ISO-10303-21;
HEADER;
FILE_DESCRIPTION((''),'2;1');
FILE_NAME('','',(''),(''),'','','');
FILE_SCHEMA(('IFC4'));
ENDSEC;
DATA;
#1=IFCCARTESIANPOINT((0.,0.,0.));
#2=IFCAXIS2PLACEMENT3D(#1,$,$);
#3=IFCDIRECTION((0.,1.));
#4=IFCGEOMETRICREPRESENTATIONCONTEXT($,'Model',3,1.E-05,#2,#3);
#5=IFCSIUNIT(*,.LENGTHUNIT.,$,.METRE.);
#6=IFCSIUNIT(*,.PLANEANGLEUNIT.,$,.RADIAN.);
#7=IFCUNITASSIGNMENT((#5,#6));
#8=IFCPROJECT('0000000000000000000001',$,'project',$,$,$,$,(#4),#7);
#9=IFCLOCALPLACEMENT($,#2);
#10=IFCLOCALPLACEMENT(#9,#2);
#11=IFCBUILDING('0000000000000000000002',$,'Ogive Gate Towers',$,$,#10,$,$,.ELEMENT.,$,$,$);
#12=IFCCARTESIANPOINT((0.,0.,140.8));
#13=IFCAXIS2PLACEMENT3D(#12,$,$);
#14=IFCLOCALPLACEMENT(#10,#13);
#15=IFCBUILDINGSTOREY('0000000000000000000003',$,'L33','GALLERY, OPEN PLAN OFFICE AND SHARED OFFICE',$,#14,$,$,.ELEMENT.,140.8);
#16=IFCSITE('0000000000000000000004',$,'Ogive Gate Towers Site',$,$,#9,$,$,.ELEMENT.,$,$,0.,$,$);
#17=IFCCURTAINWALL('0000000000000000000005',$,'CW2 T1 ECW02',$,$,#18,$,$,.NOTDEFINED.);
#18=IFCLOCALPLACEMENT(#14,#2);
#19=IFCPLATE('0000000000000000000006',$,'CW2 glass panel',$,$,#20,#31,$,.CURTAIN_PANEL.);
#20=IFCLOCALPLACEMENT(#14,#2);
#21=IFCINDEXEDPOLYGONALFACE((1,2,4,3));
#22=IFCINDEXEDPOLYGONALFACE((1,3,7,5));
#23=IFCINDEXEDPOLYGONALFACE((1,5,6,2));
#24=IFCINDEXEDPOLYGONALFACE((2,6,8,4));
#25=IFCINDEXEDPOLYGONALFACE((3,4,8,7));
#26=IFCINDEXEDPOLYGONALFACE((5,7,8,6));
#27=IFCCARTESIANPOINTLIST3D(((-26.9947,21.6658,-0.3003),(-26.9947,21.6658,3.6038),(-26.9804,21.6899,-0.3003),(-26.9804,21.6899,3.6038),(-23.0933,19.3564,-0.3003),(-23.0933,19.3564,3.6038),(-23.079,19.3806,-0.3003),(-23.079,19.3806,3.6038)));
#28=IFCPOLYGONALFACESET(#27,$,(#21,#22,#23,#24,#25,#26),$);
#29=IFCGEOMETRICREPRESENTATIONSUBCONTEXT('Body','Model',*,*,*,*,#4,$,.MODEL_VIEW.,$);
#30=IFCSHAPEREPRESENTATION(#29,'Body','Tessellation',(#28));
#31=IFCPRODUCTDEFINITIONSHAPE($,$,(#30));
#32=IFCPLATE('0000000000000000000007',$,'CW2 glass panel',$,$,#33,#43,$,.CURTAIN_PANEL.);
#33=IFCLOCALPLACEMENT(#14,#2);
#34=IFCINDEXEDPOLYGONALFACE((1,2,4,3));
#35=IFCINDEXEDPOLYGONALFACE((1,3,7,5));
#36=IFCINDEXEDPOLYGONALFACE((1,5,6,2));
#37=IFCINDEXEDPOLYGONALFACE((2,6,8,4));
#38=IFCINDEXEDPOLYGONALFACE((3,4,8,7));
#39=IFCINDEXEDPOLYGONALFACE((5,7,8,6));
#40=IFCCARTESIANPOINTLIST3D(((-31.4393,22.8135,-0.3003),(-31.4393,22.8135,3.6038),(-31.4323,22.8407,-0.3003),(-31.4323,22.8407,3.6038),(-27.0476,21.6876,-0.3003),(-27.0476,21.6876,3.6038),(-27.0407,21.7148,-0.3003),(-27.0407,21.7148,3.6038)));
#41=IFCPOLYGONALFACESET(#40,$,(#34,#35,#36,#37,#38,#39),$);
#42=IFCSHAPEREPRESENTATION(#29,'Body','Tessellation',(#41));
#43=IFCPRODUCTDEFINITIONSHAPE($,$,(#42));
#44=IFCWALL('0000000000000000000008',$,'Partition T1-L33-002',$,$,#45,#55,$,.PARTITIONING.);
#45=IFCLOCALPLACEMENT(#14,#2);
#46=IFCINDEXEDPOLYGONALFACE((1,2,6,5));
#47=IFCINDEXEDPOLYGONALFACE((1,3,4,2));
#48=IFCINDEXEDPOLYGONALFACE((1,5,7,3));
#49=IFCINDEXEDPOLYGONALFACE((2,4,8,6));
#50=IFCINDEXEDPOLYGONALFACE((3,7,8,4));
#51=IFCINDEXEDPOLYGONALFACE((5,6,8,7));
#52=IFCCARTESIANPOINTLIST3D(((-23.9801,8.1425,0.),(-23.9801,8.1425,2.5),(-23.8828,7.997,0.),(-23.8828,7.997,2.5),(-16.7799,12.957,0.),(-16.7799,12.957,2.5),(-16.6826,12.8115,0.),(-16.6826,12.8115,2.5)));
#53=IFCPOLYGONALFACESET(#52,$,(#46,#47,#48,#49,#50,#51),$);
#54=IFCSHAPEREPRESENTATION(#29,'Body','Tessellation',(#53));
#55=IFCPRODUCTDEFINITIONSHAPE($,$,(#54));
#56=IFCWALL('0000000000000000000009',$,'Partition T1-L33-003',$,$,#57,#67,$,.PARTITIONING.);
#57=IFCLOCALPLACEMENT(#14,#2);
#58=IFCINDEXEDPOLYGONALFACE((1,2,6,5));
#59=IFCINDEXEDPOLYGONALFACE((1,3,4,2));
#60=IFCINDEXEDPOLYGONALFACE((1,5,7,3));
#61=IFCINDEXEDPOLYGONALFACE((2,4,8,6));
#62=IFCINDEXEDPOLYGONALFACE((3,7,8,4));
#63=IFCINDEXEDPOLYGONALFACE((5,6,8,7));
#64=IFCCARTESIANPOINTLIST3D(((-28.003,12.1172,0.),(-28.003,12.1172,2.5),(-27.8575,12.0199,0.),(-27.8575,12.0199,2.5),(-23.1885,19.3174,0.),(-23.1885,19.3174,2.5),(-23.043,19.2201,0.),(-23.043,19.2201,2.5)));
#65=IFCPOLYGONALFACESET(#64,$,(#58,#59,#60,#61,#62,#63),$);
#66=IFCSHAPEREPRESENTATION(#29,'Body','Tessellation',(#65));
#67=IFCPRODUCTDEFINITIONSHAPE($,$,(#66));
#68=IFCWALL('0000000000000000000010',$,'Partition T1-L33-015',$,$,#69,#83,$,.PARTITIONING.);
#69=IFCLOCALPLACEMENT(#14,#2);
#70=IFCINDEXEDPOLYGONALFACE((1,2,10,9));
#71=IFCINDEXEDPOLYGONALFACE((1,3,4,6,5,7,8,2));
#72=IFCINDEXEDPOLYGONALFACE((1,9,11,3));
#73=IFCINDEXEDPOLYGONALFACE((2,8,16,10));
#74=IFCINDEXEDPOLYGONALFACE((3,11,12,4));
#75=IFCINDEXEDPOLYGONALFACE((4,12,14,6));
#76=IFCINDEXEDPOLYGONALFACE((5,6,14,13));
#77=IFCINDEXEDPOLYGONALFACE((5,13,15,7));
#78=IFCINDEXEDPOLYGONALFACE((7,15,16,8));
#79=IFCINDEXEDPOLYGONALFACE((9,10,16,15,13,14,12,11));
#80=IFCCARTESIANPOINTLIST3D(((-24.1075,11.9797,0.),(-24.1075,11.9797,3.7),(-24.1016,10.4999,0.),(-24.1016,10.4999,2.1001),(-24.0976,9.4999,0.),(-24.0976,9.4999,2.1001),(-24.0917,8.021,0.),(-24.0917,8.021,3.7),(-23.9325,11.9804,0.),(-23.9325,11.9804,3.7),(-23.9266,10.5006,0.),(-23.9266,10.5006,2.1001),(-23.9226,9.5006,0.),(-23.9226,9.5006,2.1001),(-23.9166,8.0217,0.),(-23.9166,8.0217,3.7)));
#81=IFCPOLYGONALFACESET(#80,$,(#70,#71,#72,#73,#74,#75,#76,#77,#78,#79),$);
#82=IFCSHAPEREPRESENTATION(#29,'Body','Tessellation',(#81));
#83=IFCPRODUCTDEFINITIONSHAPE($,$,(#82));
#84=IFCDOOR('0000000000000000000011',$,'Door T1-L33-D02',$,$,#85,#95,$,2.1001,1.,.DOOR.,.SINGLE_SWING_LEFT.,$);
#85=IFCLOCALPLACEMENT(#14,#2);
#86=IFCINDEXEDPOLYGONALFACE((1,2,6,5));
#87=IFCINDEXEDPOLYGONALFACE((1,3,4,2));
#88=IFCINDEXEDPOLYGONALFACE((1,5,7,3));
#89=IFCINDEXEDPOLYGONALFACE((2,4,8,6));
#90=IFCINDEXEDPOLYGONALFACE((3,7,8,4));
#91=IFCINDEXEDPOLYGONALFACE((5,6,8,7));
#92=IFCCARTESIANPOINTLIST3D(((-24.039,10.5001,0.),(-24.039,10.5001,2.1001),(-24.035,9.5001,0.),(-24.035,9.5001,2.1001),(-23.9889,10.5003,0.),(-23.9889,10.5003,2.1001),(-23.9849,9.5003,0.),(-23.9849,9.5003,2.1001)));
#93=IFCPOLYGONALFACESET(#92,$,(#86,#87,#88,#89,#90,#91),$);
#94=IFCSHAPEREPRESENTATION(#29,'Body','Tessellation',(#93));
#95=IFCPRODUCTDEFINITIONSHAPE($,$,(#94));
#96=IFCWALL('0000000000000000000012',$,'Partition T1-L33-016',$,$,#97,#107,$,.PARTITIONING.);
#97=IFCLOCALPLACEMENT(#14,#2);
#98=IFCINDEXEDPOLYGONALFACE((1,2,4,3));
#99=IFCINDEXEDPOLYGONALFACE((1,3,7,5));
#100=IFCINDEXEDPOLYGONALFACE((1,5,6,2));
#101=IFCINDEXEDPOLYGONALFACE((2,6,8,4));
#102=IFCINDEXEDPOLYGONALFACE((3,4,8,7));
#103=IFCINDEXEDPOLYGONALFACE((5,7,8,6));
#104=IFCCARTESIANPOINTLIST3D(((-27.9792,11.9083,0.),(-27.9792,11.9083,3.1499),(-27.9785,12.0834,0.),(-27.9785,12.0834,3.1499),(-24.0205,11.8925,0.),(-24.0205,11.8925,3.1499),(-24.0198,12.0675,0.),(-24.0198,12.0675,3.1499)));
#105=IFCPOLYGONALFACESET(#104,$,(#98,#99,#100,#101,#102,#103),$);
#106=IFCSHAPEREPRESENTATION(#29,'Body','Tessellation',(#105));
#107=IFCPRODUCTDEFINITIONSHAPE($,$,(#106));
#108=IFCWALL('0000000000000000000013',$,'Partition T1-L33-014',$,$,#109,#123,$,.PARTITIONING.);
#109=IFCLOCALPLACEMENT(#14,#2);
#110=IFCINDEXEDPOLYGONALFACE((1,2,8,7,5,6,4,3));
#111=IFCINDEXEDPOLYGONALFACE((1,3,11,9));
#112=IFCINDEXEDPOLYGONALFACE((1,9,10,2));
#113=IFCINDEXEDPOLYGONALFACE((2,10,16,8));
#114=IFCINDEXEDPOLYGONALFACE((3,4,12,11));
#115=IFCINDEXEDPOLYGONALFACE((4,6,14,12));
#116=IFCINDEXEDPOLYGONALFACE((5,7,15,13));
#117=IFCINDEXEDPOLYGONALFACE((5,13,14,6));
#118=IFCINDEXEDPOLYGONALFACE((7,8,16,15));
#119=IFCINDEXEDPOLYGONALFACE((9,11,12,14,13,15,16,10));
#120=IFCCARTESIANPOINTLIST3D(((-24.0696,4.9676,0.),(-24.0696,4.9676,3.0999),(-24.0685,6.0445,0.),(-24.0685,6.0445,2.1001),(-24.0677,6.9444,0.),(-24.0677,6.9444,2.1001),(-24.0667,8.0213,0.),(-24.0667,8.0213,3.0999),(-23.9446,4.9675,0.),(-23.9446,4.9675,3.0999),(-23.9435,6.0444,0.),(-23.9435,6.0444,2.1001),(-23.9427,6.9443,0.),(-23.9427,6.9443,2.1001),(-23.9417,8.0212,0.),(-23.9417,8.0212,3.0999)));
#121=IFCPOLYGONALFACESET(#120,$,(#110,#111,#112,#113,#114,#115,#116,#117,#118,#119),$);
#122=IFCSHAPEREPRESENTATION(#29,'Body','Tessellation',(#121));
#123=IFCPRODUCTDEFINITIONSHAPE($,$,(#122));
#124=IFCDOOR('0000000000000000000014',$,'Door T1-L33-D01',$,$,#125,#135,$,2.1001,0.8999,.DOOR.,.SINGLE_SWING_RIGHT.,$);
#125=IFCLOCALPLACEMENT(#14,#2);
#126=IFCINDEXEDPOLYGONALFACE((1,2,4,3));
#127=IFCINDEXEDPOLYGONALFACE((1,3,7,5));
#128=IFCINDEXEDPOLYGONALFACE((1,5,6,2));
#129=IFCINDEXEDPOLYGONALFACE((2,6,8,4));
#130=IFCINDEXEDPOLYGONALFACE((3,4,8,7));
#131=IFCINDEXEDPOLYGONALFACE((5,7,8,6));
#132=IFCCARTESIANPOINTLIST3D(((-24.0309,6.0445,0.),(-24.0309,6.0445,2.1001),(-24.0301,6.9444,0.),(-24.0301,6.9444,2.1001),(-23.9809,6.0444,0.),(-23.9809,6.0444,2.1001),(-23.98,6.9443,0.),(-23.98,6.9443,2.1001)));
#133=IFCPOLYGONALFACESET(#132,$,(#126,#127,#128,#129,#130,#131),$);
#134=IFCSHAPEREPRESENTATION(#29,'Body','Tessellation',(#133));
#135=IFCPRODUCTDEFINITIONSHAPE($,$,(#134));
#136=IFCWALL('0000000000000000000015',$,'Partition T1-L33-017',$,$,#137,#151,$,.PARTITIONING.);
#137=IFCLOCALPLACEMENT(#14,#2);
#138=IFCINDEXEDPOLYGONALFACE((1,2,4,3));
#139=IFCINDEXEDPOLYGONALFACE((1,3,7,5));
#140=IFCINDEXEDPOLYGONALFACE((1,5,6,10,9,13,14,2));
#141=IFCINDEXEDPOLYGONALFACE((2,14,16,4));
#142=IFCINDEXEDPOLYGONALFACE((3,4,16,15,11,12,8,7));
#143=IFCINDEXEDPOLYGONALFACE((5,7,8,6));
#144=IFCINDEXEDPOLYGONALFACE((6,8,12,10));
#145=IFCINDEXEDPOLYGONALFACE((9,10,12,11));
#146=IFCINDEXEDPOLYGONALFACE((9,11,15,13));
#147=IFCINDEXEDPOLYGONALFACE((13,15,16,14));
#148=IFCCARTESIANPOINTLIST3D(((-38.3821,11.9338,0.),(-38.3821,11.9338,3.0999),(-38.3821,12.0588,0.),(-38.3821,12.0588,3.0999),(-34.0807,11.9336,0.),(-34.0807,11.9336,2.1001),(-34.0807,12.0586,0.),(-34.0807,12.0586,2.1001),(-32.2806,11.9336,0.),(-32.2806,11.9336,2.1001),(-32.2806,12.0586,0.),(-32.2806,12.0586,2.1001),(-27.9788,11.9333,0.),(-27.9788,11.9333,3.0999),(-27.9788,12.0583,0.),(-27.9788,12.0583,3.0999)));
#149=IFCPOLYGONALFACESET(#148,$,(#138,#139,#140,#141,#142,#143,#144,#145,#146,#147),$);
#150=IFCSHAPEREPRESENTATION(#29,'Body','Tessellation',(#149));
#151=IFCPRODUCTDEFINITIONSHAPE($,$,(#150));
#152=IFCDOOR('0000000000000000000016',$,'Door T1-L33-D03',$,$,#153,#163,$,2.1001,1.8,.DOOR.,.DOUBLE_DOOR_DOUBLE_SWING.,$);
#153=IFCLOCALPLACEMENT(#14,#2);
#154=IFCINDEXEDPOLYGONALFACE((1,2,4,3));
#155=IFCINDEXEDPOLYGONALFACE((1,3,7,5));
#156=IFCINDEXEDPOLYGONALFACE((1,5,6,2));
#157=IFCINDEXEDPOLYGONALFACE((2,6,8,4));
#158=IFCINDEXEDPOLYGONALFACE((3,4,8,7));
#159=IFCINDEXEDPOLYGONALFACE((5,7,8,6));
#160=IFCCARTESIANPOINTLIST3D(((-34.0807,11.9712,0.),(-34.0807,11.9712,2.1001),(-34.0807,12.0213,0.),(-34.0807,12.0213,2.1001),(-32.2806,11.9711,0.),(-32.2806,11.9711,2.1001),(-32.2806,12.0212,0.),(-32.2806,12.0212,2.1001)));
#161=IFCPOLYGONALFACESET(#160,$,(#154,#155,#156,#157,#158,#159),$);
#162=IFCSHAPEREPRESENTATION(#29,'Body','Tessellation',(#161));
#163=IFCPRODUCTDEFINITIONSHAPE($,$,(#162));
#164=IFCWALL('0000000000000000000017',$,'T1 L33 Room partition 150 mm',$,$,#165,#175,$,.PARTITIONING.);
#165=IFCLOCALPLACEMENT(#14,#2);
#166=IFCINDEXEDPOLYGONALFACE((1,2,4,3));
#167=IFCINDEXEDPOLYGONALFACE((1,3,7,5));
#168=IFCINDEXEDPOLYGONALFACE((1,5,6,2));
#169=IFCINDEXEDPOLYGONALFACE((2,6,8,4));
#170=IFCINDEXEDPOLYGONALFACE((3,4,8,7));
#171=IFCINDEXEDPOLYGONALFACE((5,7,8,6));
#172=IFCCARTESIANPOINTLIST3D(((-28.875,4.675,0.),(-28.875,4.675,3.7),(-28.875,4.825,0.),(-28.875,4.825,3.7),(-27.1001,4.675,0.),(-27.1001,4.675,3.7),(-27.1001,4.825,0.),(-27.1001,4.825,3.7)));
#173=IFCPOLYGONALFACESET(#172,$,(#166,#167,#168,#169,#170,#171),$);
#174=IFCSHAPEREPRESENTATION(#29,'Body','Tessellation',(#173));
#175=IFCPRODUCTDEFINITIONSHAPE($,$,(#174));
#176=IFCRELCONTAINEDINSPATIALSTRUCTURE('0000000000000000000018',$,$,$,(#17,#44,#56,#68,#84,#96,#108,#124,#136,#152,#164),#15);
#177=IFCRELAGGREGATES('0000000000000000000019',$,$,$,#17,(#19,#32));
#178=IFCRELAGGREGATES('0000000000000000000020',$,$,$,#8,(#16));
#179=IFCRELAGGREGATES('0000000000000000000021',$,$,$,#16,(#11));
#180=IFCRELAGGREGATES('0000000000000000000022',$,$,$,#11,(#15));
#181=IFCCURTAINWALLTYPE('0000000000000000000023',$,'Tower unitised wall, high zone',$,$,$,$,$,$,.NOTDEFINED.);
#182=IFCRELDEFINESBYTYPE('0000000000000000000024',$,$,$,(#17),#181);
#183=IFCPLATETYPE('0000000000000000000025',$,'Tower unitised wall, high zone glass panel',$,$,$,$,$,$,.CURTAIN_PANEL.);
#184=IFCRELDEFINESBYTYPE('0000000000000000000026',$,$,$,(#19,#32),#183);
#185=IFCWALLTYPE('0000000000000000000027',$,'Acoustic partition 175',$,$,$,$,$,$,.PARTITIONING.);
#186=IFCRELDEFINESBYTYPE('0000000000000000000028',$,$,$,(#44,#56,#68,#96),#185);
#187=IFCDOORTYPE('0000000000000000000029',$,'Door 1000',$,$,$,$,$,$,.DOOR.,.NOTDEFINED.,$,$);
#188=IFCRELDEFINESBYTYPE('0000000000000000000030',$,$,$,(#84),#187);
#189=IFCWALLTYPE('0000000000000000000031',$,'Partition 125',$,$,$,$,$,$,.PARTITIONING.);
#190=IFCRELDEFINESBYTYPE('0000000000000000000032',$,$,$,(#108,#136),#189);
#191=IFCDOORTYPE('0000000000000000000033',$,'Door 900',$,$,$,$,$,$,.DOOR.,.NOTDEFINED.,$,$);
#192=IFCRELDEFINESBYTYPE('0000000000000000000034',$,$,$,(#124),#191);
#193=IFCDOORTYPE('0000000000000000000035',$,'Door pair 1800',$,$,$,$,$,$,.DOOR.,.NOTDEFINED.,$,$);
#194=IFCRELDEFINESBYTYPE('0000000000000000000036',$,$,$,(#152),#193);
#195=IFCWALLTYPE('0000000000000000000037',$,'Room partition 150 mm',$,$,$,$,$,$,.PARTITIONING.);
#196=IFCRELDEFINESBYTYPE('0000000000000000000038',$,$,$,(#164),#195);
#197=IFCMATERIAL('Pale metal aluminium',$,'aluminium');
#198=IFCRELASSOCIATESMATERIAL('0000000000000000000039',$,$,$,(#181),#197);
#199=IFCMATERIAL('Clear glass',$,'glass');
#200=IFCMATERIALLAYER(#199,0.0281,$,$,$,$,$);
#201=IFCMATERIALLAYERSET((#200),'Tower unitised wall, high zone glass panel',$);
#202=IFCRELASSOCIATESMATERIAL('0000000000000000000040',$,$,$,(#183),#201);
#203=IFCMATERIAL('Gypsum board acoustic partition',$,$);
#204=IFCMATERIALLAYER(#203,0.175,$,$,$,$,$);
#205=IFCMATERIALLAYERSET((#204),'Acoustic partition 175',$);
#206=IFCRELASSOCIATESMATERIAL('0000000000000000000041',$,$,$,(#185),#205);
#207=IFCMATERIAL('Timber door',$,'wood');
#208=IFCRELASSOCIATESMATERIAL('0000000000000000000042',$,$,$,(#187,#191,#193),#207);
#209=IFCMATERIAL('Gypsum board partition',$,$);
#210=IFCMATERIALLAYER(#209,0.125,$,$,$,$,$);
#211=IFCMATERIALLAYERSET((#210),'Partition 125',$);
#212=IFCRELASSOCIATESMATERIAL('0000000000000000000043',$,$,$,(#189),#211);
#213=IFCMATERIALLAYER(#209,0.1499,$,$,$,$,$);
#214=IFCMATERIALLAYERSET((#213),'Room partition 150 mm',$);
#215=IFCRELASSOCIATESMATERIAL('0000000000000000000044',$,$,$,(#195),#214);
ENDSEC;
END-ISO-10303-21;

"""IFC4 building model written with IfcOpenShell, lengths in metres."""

from ifc_helpers import new_model, si_unit, direction, frame, frame_2d, origin, origin_2d, place, context, subcontext, project, spatial, rectangle, extrude, material, layer, layer_set, type_object, element, fill, aggregate, save


model = new_model("IFC4")

# Units and contexts
model_context = context("Model", 3, precision=1e-05, world=origin(), true_north=direction((0.0, 1.0)))
body_context = subcontext(model_context, "Body", "Model", "MODEL_VIEW")
ifc_project = project(units=[si_unit("LENGTHUNIT", "METRE"), si_unit("PLANEANGLEUNIT", "RADIAN")], contexts=[model_context])

# Site, building, storey
site_placement = place(None, origin())
site = spatial("IfcSite", under=ifc_project, at=site_placement, Name="Ogive Gate Towers Site", CompositionType="ELEMENT", RefElevation=0.0)
building_placement = place(site_placement, origin())
building = spatial("IfcBuilding", under=site, at=building_placement, Name="Ogive Gate Towers", CompositionType="ELEMENT")
storey_placement = place(building_placement, frame((0.0, 0.0, 140.8)))
storey = spatial("IfcBuildingStorey", under=building, at=storey_placement, Name="L33", Description="GALLERY, OPEN PLAN OFFICE AND SHARED OFFICE", CompositionType="ELEMENT", Elevation=140.8)

# Shared definitions
ifc_material_1 = material(Name="Pale metal aluminium", Category="aluminium")
curtain_wall_type = type_object("IfcCurtainWallType", Name="Tower unitised wall, high zone", PredefinedType="NOTDEFINED", material=ifc_material_1)

# Curtain wall
curtain_wall_1_placement = place(storey_placement, origin())
curtain_wall_1 = element("IfcCurtainWall", 1, at=curtain_wall_1_placement, inside=storey, type_object=curtain_wall_type, Name="CW2 T1 ECW02", PredefinedType="NOTDEFINED")

# Plates
ifc_material_2 = material(Name="Clear glass", Category="glass")
ifc_layer_1 = layer(ifc_material_2, 0.0281)
ifc_layer_set_1 = layer_set([ifc_layer_1], Name="Tower unitised wall, high zone glass panel")
plate_type = type_object("IfcPlateType", Name="Tower unitised wall, high zone glass panel", PredefinedType="CURTAIN_PANEL", material=ifc_layer_set_1)
plate_1_placement = place(storey_placement, frame((-25.0369, 20.5232, -0.3003), z_axis=(0.0, 0.0, 1.0), x_axis=(-0.860547, 0.509372, 0.0)))
plate_1 = element("IfcPlate", 2, at=plate_1_placement, type_object=plate_type, Name="CW2 glass panel", PredefinedType="CURTAIN_PANEL", context=body_context, shape_type="SweptSolid", body=[
    extrude(rectangle(XDim=4.5337, YDim=0.0281, at=origin_2d()), origin(), (0.0, 0.0, 1.0), 3.9041),
])
plate_2_placement = place(storey_placement, frame((-29.24, 22.2642, -0.3003), z_axis=(0.0, 0.0, 1.0), x_axis=(-0.968674, 0.248335, 0.0)))
plate_2 = element("IfcPlate", 3, at=plate_2_placement, type_object=plate_type, Name="CW2 glass panel", PredefinedType="CURTAIN_PANEL", context=body_context, shape_type="SweptSolid", body=[
    extrude(rectangle(XDim=4.5337, YDim=0.0281, at=origin_2d()), origin(), (0.0, 0.0, 1.0), 3.9041),
])
aggregate(curtain_wall_1, [plate_1, plate_2])

# Walls
ifc_material_3 = material(Name="Gypsum board acoustic partition")
ifc_layer_2 = layer(ifc_material_3, 0.175)
ifc_layer_set_2 = layer_set([ifc_layer_2], Name="Acoustic partition 175")
wall_type_1 = type_object("IfcWallType", Name="Acoustic partition 175", PredefinedType="PARTITIONING", material=ifc_layer_set_2)
for number, where, z_axis, x_axis, name in (
    (4, (-16.7312, 12.8843, 0.0), (0.0, 0.0, 1.0), (-0.831286, -0.555844, 0.0), "Partition T1-L33-002"),
    (5, (-23.1157, 19.2688, 0.0), (0.0, 0.0, 1.0), (-0.555844, -0.831286, 0.0), "Partition T1-L33-003"),
):
    element("IfcWall", number, at=place(storey_placement, frame(where, z_axis=z_axis, x_axis=x_axis)), inside=storey, type_object=wall_type_1, Name=name, PredefinedType="PARTITIONING", context=body_context, shape_type="SweptSolid", body=[
        extrude(rectangle(XDim=8.6616, YDim=0.175, at=frame_2d((4.3308, 0.0))), origin(), (0.0, 0.0, 1.0), 2.5),
    ])

# Wall, opening, door
wall_1_placement = place(storey_placement, frame((-24.0042, 8.0212, 0.0), z_axis=(0.0, 0.0, 1.0), x_axis=(-0.004009, 0.999992, 0.0)))
wall_1 = element("IfcWall", 6, at=wall_1_placement, inside=storey, type_object=wall_type_1, Name="Partition T1-L33-015", PredefinedType="PARTITIONING", context=body_context, shape_type="SweptSolid", body=[
    extrude(rectangle(XDim=3.9587, YDim=0.175, at=frame_2d((1.9795, 0.0))), origin(), (0.0, 0.0, 1.0), 3.7),
])
opening_1_placement = place(wall_1_placement, frame((1.479, 0.0, 0.0)))
opening_1 = element("IfcOpeningElement", 7, at=opening_1_placement, cuts=wall_1, PredefinedType="OPENING", context=body_context, shape_type="SweptSolid", body=[
    extrude(rectangle(XDim=1.0, YDim=2.1001, at=frame_2d((0.5, 1.05))), frame((0.0, 0.0977, 0.0), z_axis=(0.0, -1.0, 0.0), x_axis=(1.0, 0.0, 0.0)), (0.0, 0.0, 1.0), 0.1951),
])
ifc_material_4 = material(Name="Timber door", Category="wood")
door_type_1 = type_object("IfcDoorType", Name="Door 1000", OperationType="NOTDEFINED", PredefinedType="DOOR", material=ifc_material_4)
door_1_placement = place(opening_1_placement, origin())
door_1 = element("IfcDoor", 8, at=door_1_placement, inside=storey, type_object=door_type_1, Name="Door T1-L33-D02", OperationType="SINGLE_SWING_LEFT", OverallHeight=2.1001, OverallWidth=1.0, PredefinedType="DOOR", context=body_context, shape_type="SweptSolid", body=[
    extrude(rectangle(XDim=1.0, YDim=2.1001, at=frame_2d((0.5, 1.05))), frame((0.0, 0.0249, 0.0), z_axis=(0.0, -1.0, 0.0), x_axis=(1.0, 0.0, 0.0)), (0.0, 0.0, 1.0), 0.05),
])
fill(opening_1, door_1)

# Wall
wall_2_placement = place(storey_placement, frame((-24.02, 11.98, 0.0), z_axis=(0.0, 0.0, 1.0), x_axis=(-0.999992, 0.004009, 0.0)))
element("IfcWall", 9, at=wall_2_placement, inside=storey, type_object=wall_type_1, Name="Partition T1-L33-016", PredefinedType="PARTITIONING", context=body_context, shape_type="SweptSolid", body=[
    extrude(rectangle(XDim=3.9587, YDim=0.175, at=frame_2d((1.9795, 0.0))), origin(), (0.0, 0.0, 1.0), 3.1499),
])

# Walls, openings, doors
ifc_material_5 = material(Name="Gypsum board partition")
ifc_layer_3 = layer(ifc_material_5, 0.125)
ifc_layer_set_3 = layer_set([ifc_layer_3], Name="Partition 125")
wall_type_2 = type_object("IfcWallType", Name="Partition 125", PredefinedType="PARTITIONING", material=ifc_layer_set_3)
wall_3_placement = place(storey_placement, frame((-24.0071, 4.9675, 0.0), z_axis=(0.0, 0.0, 1.0), x_axis=(0.000959, 1.0, 0.0)))
wall_3 = element("IfcWall", 10, at=wall_3_placement, inside=storey, type_object=wall_type_2, Name="Partition T1-L33-014", PredefinedType="PARTITIONING", context=body_context, shape_type="SweptSolid", body=[
    extrude(rectangle(XDim=3.0537, YDim=0.125, at=frame_2d((1.5269, 0.0))), origin(), (0.0, 0.0, 1.0), 3.0999),
])
opening_2_placement = place(wall_3_placement, frame((1.0769, 0.0, 0.0)))
opening_2 = element("IfcOpeningElement", 11, at=opening_2_placement, cuts=wall_3, PredefinedType="OPENING", context=body_context, shape_type="SweptSolid", body=[
    extrude(rectangle(XDim=0.8999, YDim=2.1001, at=frame_2d((0.45, 1.05))), frame((0.0, 0.0725, 0.0), z_axis=(0.0, -1.0, 0.0), x_axis=(1.0, 0.0, 0.0)), (0.0, 0.0, 1.0), 0.145),
])
door_type_2 = type_object("IfcDoorType", Name="Door 900", OperationType="NOTDEFINED", PredefinedType="DOOR", material=ifc_material_4)
door_2_placement = place(opening_2_placement, origin())
door_2 = element("IfcDoor", 12, at=door_2_placement, inside=storey, type_object=door_type_2, Name="Door T1-L33-D01", OperationType="SINGLE_SWING_RIGHT", OverallHeight=2.1001, OverallWidth=0.8999, PredefinedType="DOOR", context=body_context, shape_type="SweptSolid", body=[
    extrude(rectangle(XDim=0.8999, YDim=2.1001, at=frame_2d((0.45, 1.05))), frame((0.0, 0.0249, 0.0), z_axis=(0.0, -1.0, 0.0), x_axis=(1.0, 0.0, 0.0)), (0.0, 0.0, 1.0), 0.05),
])
fill(opening_2, door_2)
wall_4_placement = place(storey_placement, frame((-27.9788, 11.9958, 0.0), z_axis=(0.0, 0.0, 1.0), x_axis=(-1.0, 0.000047, 0.0)))
wall_4 = element("IfcWall", 13, at=wall_4_placement, inside=storey, type_object=wall_type_2, Name="Partition T1-L33-017", PredefinedType="PARTITIONING", context=body_context, shape_type="SweptSolid", body=[
    extrude(rectangle(XDim=10.4033, YDim=0.125, at=frame_2d((5.2017, 0.0))), origin(), (0.0, 0.0, 1.0), 3.0999),
])
opening_3_placement = place(wall_4_placement, frame((4.302, 0.0, 0.0)))
opening_3 = element("IfcOpeningElement", 14, at=opening_3_placement, cuts=wall_4, PredefinedType="OPENING", context=body_context, shape_type="SweptSolid", body=[
    extrude(rectangle(XDim=1.8, YDim=2.1001, at=frame_2d((0.8999, 1.05))), frame((0.0, 0.0725, 0.0), z_axis=(0.0, -1.0, 0.0), x_axis=(1.0, 0.0, 0.0)), (0.0, 0.0, 1.0), 0.145),
])
door_type_3 = type_object("IfcDoorType", Name="Door pair 1800", OperationType="NOTDEFINED", PredefinedType="DOOR", material=ifc_material_4)
door_3_placement = place(opening_3_placement, origin())
door_3 = element("IfcDoor", 15, at=door_3_placement, inside=storey, type_object=door_type_3, Name="Door T1-L33-D03", OperationType="DOUBLE_DOOR_DOUBLE_SWING", OverallHeight=2.1001, OverallWidth=1.8, PredefinedType="DOOR", context=body_context, shape_type="SweptSolid", body=[
    extrude(rectangle(XDim=1.8, YDim=2.1001, at=frame_2d((0.8999, 1.05))), frame((0.0, 0.0249, 0.0), z_axis=(0.0, -1.0, 0.0), x_axis=(1.0, 0.0, 0.0)), (0.0, 0.0, 1.0), 0.05),
])
fill(opening_3, door_3)

# Wall
ifc_layer_4 = layer(ifc_material_5, 0.1499)
ifc_layer_set_4 = layer_set([ifc_layer_4], Name="Room partition 150 mm")
wall_type_3 = type_object("IfcWallType", Name="Room partition 150 mm", PredefinedType="PARTITIONING", material=ifc_layer_set_4)
wall_5_placement = place(storey_placement, frame((-28.875, 4.75, 0.0), z_axis=(0.0, 0.0, 1.0), x_axis=(1.0, 0.0, 0.0)))
element("IfcWall", 16, at=wall_5_placement, inside=storey, type_object=wall_type_3, Name="T1 L33 Room partition 150 mm", PredefinedType="PARTITIONING", context=body_context, shape_type="SweptSolid", body=[
    extrude(rectangle(XDim=1.7749, YDim=0.1499, at=frame_2d((0.8875, 0.0))), origin(), (0.0, 0.0, 1.0), 3.7),
])

save(model, "model.ifc")
